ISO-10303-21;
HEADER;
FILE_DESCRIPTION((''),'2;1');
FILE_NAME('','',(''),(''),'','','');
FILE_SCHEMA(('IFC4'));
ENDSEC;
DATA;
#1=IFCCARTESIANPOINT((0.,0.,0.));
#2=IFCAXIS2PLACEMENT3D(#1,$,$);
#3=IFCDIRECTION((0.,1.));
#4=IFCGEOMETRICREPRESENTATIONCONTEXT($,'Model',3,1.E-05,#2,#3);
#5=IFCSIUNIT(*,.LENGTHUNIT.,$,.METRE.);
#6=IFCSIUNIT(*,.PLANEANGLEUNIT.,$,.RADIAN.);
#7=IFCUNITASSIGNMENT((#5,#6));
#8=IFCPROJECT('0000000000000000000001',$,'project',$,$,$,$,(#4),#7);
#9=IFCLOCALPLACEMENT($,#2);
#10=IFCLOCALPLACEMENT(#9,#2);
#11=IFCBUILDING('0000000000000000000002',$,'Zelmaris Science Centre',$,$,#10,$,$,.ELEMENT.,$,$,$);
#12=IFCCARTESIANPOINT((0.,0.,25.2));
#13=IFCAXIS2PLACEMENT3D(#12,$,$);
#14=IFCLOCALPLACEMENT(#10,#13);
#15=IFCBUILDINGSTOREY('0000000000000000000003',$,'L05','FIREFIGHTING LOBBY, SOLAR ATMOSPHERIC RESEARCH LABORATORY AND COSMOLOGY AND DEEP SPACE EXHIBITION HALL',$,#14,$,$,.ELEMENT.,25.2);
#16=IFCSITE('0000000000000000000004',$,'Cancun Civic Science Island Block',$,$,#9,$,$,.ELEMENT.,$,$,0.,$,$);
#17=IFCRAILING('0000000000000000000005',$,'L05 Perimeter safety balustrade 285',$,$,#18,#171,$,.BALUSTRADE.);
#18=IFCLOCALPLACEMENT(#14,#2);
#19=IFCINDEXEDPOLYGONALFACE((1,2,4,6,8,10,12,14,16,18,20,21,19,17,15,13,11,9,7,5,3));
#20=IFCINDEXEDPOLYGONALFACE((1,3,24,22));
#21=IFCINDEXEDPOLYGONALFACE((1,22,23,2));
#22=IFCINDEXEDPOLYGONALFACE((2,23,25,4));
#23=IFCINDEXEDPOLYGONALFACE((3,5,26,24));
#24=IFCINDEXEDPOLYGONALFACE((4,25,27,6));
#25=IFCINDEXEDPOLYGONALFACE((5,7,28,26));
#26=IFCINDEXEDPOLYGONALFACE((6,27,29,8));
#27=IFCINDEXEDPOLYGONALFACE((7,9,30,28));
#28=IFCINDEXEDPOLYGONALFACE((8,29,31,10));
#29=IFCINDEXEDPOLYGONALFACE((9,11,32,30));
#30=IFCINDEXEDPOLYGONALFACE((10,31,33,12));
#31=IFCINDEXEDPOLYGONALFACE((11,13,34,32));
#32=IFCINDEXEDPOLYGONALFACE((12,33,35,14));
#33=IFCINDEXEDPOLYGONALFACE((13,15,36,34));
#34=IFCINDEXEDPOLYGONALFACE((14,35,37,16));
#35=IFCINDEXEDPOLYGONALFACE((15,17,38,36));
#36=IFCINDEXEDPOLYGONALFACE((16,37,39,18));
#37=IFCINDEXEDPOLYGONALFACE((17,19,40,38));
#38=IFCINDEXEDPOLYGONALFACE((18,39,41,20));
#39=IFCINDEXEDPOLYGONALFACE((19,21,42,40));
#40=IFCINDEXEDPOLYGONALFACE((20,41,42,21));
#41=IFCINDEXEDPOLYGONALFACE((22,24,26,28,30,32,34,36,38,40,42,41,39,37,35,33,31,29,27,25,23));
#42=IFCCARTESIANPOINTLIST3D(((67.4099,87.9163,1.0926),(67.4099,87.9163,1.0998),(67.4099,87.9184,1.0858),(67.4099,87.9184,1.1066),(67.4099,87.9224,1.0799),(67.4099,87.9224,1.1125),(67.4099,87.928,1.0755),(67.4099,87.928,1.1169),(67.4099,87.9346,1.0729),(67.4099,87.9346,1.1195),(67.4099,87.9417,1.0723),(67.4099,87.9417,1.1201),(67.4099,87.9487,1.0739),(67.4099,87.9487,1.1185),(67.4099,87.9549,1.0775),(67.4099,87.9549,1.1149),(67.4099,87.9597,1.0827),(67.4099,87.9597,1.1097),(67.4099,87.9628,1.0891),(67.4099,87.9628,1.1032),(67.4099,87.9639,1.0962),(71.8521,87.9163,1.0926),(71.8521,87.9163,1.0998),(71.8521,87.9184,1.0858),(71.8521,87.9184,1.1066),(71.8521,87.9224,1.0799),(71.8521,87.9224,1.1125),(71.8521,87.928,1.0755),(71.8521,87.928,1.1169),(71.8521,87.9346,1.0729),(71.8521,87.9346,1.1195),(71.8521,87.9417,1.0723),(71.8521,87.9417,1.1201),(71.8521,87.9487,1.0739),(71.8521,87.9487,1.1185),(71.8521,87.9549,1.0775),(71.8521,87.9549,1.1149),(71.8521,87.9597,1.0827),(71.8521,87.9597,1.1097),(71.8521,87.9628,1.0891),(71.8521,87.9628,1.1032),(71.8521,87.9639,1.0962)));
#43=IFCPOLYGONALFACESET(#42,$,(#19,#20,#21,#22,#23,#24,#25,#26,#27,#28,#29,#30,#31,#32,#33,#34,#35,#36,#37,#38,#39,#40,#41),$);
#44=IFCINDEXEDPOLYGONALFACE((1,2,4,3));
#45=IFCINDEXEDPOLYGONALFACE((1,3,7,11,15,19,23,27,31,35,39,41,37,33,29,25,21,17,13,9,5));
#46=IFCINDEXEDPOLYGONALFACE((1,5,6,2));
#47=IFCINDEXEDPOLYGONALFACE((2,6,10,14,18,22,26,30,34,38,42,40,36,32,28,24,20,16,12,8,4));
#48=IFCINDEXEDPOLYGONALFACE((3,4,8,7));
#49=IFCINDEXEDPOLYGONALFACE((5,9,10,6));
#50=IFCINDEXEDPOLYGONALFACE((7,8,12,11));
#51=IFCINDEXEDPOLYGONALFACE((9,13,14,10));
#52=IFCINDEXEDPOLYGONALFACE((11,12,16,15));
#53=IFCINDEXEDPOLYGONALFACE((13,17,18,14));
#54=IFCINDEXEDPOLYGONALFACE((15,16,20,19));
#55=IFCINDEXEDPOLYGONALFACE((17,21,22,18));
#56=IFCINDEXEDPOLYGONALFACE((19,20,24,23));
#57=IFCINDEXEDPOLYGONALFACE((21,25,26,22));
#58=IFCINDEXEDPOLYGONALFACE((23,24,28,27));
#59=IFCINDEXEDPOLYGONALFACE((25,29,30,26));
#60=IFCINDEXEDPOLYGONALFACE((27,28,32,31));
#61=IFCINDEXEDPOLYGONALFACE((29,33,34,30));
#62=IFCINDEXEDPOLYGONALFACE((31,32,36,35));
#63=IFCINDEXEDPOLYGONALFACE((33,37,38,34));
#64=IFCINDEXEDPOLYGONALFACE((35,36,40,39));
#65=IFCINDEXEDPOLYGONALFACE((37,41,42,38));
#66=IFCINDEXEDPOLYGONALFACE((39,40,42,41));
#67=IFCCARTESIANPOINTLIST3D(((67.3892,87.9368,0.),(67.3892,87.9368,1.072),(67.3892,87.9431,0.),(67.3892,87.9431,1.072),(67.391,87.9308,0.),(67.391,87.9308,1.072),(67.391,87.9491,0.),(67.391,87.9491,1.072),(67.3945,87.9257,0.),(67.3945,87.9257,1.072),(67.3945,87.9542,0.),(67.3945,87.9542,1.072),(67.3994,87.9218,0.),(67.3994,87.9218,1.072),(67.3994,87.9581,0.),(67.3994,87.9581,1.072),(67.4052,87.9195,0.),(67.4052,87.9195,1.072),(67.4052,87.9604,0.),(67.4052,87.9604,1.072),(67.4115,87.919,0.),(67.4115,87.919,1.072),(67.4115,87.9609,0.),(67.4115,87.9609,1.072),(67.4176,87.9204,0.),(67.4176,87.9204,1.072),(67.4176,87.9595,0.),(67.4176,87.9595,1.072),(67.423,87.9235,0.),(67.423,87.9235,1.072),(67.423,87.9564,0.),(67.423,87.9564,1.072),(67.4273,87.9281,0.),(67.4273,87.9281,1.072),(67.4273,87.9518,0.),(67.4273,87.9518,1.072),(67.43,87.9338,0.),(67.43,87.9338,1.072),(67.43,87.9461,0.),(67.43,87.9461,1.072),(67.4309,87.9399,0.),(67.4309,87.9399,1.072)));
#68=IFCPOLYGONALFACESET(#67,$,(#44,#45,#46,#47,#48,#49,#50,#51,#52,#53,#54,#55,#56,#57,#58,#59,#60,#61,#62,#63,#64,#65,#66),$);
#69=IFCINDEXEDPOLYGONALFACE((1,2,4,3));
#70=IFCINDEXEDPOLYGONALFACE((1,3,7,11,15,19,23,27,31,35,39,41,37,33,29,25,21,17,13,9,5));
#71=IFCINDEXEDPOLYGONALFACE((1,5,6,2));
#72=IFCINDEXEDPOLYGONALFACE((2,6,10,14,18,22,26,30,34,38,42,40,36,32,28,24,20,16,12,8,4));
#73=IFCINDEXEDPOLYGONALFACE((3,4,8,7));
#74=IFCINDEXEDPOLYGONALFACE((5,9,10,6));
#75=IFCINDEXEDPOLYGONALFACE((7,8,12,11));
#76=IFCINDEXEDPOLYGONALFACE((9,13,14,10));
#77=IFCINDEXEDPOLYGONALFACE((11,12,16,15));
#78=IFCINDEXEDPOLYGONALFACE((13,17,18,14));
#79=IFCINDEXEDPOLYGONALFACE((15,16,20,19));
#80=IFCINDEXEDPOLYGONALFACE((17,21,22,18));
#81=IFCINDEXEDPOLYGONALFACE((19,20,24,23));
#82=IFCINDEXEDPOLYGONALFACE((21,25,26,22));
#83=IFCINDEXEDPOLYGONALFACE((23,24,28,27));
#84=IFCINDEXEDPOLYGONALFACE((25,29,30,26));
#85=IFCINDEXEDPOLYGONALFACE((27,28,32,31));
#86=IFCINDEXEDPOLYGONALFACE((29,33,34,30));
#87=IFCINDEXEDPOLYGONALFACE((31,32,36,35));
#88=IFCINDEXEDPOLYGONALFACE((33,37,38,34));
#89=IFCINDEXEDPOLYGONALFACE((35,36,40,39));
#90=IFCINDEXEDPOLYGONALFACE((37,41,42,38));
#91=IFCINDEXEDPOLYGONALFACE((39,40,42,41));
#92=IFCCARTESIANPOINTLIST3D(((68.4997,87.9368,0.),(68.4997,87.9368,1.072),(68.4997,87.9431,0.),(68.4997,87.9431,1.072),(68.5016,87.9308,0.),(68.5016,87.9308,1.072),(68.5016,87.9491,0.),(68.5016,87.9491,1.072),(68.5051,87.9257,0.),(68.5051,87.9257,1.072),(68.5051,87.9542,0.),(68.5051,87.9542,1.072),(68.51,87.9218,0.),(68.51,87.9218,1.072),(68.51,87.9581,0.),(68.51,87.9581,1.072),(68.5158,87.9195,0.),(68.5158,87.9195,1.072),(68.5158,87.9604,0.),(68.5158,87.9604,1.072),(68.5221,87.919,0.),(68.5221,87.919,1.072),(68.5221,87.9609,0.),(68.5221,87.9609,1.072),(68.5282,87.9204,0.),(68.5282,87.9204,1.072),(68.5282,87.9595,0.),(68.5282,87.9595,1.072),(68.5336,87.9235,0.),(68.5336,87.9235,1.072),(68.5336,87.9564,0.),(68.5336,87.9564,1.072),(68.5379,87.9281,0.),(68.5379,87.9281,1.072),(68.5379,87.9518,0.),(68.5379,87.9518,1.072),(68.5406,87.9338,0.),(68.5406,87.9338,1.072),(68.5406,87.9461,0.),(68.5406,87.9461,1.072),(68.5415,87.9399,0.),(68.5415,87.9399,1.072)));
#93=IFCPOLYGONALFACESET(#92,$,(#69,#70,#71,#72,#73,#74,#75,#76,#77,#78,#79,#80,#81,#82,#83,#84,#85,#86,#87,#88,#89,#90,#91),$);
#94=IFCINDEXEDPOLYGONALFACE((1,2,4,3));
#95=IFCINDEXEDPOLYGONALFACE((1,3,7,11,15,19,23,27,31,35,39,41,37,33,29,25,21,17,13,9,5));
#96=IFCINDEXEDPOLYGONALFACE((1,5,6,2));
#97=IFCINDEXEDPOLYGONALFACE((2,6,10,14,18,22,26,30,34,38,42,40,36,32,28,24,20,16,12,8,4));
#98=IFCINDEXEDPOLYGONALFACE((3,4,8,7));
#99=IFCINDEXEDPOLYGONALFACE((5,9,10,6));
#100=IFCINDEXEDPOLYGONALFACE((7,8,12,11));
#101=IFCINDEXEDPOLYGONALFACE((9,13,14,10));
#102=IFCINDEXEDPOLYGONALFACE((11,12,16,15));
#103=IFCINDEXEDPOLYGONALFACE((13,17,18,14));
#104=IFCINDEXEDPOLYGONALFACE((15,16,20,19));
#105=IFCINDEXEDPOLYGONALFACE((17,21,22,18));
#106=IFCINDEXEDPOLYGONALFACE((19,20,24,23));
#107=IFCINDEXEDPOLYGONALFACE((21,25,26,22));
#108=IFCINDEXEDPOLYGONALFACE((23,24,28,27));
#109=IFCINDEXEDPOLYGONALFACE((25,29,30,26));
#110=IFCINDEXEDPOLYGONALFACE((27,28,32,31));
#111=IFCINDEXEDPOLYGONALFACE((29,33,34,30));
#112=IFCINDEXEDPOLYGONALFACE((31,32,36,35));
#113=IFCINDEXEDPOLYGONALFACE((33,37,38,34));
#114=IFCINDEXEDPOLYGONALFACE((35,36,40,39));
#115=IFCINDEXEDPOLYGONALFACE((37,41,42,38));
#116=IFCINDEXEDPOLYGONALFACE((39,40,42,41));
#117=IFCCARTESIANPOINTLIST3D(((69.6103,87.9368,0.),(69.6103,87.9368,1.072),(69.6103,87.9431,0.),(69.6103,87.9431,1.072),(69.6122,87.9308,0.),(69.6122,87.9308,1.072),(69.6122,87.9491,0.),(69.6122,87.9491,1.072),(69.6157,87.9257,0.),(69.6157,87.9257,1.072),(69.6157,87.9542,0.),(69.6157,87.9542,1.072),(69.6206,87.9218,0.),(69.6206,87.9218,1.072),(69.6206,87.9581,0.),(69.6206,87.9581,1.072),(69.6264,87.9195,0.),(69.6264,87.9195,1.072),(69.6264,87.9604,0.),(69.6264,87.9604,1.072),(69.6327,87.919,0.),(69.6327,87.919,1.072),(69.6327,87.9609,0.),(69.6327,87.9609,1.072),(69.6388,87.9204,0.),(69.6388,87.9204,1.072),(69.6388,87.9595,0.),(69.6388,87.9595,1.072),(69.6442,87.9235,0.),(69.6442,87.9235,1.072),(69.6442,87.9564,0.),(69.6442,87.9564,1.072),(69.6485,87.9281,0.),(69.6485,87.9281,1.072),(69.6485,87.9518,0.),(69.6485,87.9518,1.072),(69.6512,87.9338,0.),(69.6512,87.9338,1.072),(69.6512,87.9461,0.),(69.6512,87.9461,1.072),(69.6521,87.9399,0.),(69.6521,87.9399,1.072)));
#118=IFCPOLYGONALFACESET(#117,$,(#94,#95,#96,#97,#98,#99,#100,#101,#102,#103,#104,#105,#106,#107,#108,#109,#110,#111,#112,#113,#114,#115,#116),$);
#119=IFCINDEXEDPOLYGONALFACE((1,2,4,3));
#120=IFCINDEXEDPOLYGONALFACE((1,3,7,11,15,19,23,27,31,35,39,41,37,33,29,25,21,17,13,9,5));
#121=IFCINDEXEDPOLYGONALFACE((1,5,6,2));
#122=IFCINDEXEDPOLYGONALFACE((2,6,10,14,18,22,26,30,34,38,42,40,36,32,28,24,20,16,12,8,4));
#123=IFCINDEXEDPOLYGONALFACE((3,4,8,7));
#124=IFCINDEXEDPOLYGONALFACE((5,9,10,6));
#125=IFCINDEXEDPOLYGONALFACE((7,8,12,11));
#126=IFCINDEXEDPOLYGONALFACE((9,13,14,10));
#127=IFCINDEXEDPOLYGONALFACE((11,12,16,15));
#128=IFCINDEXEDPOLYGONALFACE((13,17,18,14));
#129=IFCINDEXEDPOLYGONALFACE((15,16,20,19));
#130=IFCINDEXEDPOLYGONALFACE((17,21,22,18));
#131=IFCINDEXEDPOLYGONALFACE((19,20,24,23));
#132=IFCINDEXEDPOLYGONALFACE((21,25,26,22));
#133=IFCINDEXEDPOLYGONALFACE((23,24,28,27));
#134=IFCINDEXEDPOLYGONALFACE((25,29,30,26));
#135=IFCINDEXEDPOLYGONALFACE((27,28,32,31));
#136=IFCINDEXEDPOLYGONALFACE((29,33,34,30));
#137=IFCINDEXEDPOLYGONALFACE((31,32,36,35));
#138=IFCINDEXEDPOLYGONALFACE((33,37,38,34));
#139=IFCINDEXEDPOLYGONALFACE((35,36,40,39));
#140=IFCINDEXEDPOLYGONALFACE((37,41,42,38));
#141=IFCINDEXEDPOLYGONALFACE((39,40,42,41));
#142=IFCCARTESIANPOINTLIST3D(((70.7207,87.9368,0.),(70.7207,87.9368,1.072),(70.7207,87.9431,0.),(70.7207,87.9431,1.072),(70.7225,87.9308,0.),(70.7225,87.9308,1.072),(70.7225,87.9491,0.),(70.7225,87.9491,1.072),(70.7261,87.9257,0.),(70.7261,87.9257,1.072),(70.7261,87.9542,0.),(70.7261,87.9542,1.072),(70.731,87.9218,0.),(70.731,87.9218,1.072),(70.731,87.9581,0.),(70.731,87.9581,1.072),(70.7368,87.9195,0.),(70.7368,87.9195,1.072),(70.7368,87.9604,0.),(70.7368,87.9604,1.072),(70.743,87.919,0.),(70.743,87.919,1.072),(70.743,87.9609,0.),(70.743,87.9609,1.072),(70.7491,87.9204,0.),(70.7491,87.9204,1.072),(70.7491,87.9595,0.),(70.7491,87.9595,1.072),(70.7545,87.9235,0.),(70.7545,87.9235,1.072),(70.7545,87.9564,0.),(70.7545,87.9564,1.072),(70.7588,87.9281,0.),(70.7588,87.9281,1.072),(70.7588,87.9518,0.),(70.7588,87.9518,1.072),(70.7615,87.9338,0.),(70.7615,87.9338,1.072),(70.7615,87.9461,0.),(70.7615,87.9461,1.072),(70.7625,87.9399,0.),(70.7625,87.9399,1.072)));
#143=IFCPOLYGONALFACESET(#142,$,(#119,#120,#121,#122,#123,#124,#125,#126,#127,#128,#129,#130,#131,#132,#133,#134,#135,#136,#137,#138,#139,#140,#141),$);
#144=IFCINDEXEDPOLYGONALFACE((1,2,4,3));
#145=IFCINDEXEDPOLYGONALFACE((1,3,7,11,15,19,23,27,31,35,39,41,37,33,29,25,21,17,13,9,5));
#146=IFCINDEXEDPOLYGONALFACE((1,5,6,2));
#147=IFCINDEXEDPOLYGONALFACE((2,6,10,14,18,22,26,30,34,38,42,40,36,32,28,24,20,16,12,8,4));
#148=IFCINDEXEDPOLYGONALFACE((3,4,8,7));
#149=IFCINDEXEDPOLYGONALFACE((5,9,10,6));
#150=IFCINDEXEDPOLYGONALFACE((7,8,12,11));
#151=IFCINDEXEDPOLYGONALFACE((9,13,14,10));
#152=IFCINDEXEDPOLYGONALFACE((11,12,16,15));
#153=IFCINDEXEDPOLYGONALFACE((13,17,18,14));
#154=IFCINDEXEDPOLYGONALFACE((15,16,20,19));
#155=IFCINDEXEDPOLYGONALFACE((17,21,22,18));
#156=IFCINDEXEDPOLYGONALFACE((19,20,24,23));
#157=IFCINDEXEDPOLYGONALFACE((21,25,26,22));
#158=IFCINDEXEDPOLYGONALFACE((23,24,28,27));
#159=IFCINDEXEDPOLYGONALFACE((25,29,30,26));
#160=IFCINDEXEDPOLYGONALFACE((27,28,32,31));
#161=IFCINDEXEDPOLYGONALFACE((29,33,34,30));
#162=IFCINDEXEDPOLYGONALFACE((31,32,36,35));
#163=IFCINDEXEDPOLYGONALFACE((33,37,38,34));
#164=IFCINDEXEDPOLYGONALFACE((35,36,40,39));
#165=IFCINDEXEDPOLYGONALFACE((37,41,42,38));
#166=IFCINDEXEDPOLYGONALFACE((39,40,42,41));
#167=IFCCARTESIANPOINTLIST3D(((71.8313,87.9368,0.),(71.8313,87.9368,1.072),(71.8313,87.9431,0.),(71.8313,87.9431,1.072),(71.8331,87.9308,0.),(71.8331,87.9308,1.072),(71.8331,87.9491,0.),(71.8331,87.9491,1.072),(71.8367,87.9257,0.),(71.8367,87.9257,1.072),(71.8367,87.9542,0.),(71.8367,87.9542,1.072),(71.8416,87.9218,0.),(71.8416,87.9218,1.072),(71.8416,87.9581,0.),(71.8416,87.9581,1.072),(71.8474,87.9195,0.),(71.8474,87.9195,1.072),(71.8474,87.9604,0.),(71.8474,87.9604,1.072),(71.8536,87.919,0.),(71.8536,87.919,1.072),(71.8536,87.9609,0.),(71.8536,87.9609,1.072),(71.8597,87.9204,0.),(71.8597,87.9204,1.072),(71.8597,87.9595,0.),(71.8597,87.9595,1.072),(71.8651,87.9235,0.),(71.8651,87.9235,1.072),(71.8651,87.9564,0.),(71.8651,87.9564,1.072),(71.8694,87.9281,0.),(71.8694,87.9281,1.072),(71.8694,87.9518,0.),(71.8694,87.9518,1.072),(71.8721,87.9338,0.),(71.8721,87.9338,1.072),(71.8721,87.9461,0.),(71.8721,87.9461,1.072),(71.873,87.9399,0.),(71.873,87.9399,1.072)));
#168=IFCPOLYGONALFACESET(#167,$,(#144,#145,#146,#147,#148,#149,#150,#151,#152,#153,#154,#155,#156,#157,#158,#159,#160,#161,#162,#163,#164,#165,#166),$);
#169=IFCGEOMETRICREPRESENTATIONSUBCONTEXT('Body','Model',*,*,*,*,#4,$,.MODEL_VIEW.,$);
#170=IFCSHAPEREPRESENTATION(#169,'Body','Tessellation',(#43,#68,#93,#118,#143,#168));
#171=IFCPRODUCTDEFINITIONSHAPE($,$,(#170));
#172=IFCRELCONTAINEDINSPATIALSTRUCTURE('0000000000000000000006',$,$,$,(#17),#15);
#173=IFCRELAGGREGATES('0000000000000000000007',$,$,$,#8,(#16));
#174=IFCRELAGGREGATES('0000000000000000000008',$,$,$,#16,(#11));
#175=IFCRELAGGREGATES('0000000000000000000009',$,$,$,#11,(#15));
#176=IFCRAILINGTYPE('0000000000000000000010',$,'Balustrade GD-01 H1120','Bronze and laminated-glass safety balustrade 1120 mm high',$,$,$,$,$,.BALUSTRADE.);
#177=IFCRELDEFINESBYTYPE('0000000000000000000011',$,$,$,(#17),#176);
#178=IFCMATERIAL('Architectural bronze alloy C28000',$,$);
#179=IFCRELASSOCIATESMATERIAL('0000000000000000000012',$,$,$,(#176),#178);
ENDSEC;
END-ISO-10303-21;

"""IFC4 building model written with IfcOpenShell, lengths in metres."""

from ifc_helpers import new_model, si_unit, direction, frame, origin, origin_2d, place, context, subcontext, project, spatial, circle, extrude, material, type_object, element, save


model = new_model("IFC4")

# Units and contexts
model_context = context("Model", 3, precision=1e-05, world=origin(), true_north=direction((0.0, 1.0)))
body_context = subcontext(model_context, "Body", "Model", "MODEL_VIEW")
ifc_project = project(units=[si_unit("LENGTHUNIT", "METRE"), si_unit("PLANEANGLEUNIT", "RADIAN")], contexts=[model_context])

# Site, building, storey
site_placement = place(None, origin())
site = spatial("IfcSite", under=ifc_project, at=site_placement, Name="Cancun Civic Science Island Block", CompositionType="ELEMENT", RefElevation=0.0)
building_placement = place(site_placement, origin())
building = spatial("IfcBuilding", under=site, at=building_placement, Name="Zelmaris Science Centre", CompositionType="ELEMENT")
storey_placement = place(building_placement, frame((0.0, 0.0, 25.2)))
storey = spatial("IfcBuildingStorey", under=building, at=storey_placement, Name="L05", Description="FIREFIGHTING LOBBY, SOLAR ATMOSPHERIC RESEARCH LABORATORY AND COSMOLOGY AND DEEP SPACE EXHIBITION HALL", CompositionType="ELEMENT", Elevation=25.2)

# Railing
ifc_material_1 = material(Name="Architectural bronze alloy C28000")
railing_type = type_object("IfcRailingType", Name="Balustrade GD-01 H1120", Description="Bronze and laminated-glass safety balustrade 1120 mm high", PredefinedType="BALUSTRADE", material=ifc_material_1)
railing_placement = place(storey_placement, frame((67.4099, 87.9399, 0.0)))
element("IfcRailing", 1, at=railing_placement, inside=storey, type_object=railing_type, Name="L05 Perimeter safety balustrade 285", PredefinedType="BALUSTRADE", context=body_context, shape_type="SweptSolid", body=[
    extrude(circle(Radius=0.0239, at=origin_2d()), frame((0.0, 0.0, 1.0962), z_axis=(1.0, 0.0, 0.0), x_axis=(0.0, 1.0, 0.0)), (0.0, 0.0, 1.0), 4.4421),
    extrude(circle(Radius=0.021, at=origin_2d()), origin(), (0.0, 0.0, 1.0), 1.072),
    extrude(circle(Radius=0.021, at=origin_2d()), frame((1.1106, 0.0, 0.0)), (0.0, 0.0, 1.0), 1.072),
    extrude(circle(Radius=0.021, at=origin_2d()), frame((2.2212, 0.0, 0.0)), (0.0, 0.0, 1.0), 1.072),
    extrude(circle(Radius=0.021, at=origin_2d()), frame((3.3315, 0.0, 0.0)), (0.0, 0.0, 1.0), 1.072),
    extrude(circle(Radius=0.021, at=origin_2d()), frame((4.4421, 0.0, 0.0)), (0.0, 0.0, 1.0), 1.072),
])

save(model, "model.ifc")
